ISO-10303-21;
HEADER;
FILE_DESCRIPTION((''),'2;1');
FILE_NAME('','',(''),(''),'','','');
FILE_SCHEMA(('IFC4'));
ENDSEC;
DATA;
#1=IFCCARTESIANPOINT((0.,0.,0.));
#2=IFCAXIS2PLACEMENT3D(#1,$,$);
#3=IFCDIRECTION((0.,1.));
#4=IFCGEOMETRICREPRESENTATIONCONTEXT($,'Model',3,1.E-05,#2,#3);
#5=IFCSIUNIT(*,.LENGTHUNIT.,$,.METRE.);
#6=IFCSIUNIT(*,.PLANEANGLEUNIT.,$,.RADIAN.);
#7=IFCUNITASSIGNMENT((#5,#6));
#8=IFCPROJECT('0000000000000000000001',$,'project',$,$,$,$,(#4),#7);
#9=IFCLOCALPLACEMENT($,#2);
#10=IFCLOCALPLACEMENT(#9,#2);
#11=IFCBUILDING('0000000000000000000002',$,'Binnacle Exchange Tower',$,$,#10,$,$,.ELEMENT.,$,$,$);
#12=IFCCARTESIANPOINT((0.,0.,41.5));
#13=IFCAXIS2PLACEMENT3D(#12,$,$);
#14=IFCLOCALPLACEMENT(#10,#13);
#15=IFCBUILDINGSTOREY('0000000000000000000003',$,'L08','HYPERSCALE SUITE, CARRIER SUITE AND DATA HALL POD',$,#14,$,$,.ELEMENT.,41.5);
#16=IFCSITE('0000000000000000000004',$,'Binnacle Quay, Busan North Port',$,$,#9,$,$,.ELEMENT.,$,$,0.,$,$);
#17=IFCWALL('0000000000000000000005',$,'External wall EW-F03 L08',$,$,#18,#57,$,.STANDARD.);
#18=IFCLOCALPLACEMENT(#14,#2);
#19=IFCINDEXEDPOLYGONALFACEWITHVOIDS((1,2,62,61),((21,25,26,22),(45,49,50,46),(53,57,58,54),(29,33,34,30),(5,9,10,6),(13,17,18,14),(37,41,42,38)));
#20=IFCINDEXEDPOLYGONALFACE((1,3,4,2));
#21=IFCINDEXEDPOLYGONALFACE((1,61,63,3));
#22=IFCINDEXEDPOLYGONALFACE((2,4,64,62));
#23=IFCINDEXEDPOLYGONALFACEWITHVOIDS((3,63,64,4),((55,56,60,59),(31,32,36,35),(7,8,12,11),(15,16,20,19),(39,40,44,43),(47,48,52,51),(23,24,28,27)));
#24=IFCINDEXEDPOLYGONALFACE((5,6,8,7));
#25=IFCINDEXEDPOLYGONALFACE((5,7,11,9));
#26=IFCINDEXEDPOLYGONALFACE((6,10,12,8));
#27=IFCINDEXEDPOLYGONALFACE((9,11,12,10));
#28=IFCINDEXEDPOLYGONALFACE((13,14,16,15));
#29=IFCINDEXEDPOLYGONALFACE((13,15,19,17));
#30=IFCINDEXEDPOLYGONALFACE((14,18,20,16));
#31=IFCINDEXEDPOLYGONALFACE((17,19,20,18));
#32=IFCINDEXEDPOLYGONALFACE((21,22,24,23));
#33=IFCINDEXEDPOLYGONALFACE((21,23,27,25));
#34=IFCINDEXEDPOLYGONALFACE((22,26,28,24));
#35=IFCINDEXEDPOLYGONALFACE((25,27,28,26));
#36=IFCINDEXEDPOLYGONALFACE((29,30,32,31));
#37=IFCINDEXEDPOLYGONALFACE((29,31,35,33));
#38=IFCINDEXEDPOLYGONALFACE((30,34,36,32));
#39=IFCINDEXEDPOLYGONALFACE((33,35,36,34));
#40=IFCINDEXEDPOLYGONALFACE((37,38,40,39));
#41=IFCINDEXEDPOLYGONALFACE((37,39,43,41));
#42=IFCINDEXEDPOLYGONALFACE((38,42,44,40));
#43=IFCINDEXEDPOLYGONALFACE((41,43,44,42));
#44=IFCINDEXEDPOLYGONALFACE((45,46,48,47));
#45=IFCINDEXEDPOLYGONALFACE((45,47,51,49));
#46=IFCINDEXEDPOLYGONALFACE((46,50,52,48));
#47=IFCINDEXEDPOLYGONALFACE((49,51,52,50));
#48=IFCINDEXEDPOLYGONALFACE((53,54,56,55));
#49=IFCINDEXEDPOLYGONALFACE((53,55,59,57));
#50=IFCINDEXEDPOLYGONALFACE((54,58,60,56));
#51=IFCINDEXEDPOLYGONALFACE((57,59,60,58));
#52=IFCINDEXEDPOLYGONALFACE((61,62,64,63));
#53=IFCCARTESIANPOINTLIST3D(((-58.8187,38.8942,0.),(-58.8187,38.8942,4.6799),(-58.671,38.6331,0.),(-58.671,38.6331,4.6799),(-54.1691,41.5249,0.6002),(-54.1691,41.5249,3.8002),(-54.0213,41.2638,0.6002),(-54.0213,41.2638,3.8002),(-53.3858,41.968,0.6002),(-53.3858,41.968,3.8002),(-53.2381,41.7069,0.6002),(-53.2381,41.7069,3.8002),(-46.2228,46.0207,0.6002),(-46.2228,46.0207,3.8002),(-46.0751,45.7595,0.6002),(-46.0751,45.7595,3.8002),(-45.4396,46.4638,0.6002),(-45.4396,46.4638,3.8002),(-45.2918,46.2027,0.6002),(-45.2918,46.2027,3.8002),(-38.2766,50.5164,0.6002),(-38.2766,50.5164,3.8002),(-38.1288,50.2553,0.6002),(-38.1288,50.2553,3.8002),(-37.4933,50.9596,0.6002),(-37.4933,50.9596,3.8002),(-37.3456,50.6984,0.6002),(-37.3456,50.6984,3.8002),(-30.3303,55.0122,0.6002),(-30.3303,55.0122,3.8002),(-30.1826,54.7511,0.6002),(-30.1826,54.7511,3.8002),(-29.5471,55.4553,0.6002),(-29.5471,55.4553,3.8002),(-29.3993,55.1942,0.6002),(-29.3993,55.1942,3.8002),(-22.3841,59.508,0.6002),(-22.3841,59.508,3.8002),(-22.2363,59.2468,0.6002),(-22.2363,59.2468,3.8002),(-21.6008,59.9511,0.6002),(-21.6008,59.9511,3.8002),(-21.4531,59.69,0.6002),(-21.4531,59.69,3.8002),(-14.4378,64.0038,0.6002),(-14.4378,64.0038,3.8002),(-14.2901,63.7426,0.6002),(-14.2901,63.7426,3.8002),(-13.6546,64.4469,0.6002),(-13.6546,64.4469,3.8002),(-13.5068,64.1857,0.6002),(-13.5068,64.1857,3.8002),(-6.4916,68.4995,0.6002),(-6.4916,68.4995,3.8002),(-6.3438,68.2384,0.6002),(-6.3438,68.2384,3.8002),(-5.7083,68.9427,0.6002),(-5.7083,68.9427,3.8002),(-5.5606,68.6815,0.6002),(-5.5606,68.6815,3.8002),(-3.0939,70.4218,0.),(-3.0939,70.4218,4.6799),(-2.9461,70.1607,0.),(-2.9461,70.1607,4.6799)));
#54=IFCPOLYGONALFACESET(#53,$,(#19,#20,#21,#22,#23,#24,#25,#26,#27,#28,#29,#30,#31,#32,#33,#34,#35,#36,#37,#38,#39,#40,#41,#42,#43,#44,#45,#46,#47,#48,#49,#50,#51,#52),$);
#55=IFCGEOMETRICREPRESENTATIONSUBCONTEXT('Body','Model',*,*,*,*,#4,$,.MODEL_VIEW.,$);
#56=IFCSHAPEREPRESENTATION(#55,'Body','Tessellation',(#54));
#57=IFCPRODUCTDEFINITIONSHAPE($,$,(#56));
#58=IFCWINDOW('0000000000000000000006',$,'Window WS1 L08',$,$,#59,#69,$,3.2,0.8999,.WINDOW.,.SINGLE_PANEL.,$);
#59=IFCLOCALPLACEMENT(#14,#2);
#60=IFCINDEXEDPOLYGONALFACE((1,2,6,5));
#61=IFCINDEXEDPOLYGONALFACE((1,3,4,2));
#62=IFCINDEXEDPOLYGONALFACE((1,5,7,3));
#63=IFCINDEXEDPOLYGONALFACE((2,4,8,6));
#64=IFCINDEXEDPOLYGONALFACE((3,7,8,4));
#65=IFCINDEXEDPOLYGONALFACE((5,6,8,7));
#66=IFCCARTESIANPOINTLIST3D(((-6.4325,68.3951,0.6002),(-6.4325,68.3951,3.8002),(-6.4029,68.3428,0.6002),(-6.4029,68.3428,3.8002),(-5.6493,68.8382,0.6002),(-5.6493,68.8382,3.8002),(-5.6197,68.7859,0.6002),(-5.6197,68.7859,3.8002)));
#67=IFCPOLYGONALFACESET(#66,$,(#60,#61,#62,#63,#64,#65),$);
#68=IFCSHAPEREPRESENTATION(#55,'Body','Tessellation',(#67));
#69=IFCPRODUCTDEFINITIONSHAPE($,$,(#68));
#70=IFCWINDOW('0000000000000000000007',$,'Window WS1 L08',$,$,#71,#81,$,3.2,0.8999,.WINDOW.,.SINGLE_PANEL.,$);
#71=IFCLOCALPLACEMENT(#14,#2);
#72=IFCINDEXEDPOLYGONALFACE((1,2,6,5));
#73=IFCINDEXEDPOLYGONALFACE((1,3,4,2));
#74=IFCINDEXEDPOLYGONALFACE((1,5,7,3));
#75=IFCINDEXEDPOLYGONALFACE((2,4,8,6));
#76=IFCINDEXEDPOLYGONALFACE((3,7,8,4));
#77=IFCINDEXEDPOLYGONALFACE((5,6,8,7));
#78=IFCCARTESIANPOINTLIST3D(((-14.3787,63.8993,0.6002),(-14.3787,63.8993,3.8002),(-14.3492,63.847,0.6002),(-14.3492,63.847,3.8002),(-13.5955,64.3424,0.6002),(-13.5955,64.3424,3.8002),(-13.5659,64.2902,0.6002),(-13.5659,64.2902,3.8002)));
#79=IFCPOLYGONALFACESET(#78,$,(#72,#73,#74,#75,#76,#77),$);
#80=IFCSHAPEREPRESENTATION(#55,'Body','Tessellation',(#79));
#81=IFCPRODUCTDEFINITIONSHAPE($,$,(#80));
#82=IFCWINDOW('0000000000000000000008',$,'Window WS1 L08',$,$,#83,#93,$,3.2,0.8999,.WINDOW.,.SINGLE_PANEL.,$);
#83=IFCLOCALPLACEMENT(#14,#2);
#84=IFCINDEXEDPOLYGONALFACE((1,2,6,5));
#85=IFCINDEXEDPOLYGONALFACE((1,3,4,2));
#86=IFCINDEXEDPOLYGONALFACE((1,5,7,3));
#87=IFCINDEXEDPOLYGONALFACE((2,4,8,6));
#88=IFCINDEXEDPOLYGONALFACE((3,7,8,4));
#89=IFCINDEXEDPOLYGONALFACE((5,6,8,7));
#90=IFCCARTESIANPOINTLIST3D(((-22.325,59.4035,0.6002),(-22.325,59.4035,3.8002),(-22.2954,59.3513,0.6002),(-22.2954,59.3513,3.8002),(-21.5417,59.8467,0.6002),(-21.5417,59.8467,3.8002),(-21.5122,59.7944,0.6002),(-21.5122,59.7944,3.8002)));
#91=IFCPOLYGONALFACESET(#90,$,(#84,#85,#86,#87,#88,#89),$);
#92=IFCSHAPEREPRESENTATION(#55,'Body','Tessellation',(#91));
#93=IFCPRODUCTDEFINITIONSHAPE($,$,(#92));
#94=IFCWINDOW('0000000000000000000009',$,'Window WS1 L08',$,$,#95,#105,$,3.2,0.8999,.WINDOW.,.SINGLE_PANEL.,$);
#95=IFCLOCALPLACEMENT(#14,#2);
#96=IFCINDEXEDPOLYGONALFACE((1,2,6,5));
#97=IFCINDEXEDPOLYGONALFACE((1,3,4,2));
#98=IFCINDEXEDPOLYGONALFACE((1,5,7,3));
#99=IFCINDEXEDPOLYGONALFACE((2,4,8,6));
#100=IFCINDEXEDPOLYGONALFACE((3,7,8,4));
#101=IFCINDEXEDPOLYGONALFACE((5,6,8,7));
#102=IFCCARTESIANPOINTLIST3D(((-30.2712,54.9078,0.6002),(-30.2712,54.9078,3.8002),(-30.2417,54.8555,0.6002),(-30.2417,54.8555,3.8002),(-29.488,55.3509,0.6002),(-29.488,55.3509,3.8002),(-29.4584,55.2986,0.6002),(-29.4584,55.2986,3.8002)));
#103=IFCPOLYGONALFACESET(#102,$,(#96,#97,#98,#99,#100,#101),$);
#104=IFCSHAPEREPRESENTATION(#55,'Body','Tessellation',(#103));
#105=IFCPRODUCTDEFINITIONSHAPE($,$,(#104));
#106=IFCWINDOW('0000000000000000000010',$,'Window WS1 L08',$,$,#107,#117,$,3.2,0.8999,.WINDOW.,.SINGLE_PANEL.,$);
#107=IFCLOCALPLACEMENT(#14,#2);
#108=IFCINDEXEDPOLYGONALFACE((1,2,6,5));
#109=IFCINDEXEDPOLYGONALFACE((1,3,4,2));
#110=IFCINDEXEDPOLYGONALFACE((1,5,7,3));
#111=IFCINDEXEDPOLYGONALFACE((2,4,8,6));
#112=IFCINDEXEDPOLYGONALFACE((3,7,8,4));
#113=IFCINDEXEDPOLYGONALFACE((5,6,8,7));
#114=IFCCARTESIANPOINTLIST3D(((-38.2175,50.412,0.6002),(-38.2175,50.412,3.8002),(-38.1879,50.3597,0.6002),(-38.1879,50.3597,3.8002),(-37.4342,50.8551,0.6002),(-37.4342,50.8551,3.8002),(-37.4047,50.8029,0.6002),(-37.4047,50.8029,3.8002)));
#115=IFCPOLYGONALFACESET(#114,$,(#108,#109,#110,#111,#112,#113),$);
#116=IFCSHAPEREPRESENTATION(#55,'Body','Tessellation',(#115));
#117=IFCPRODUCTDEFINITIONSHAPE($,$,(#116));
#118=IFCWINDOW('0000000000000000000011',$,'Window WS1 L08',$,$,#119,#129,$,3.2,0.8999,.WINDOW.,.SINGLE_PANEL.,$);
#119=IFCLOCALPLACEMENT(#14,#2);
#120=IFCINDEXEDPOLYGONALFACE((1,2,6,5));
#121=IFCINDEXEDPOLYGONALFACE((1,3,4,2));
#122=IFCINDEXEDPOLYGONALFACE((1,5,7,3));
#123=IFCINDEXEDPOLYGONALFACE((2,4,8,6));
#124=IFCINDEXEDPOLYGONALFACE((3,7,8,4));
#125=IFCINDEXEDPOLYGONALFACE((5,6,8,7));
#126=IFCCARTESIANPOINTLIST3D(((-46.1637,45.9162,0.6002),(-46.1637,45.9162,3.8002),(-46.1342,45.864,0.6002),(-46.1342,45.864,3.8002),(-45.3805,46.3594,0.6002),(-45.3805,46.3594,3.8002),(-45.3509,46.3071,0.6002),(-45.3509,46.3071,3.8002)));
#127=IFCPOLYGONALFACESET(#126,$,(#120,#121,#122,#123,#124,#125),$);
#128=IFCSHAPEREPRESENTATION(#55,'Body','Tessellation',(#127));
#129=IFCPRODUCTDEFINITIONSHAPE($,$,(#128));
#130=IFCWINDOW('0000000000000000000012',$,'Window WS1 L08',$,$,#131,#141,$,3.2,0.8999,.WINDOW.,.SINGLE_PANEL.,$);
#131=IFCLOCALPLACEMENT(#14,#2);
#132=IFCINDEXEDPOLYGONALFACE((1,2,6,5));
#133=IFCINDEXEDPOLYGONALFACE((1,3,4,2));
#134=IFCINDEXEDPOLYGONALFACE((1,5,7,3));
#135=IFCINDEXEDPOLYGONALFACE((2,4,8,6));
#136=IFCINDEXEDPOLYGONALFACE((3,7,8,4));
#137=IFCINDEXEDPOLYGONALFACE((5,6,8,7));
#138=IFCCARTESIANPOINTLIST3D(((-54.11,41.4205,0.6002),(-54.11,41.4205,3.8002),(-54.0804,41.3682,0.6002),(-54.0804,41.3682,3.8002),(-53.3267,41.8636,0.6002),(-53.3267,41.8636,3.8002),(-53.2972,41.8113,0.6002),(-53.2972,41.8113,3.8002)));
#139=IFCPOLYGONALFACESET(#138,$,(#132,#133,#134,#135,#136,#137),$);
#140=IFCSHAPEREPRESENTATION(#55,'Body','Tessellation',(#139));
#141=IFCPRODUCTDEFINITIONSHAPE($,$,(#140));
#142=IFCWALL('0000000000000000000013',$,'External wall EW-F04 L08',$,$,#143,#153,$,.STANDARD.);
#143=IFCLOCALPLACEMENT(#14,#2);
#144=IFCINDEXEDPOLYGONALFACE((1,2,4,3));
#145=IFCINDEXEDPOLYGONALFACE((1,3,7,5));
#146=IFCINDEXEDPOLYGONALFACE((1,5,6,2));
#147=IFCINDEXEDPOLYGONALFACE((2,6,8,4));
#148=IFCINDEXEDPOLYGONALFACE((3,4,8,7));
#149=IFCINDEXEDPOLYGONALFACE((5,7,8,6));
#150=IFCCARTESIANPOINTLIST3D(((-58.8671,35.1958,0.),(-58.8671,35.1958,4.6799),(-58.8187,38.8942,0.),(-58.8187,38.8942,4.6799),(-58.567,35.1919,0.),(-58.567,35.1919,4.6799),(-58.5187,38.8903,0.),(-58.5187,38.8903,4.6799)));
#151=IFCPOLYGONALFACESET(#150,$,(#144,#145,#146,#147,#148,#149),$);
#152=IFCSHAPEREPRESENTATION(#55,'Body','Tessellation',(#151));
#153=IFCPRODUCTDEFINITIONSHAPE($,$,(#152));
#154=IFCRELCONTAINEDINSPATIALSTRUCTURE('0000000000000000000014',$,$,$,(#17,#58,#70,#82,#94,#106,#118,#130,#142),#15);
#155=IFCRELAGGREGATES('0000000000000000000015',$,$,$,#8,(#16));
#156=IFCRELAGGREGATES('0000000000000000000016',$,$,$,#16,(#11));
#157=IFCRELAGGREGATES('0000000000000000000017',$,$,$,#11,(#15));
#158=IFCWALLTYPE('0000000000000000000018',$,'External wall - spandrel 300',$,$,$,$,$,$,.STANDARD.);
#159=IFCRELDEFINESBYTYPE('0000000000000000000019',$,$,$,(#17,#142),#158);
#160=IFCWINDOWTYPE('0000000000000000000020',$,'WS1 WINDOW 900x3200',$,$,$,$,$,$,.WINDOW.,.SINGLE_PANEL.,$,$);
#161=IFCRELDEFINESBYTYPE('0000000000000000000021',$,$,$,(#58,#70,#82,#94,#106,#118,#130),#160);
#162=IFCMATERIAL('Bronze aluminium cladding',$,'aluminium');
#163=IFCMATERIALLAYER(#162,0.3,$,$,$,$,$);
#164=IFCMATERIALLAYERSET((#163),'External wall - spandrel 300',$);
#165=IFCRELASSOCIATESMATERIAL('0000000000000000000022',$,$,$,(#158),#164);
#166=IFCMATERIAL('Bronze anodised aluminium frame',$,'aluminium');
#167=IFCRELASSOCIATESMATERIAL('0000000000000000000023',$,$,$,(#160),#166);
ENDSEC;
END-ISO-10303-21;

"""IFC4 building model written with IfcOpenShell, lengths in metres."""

from ifc_helpers import new_model, si_unit, direction, frame, frame_2d, origin, place, context, subcontext, project, spatial, rectangle, extrude, material, layer, layer_set, type_object, element, fill, save


model = new_model("IFC4")

# Units and contexts
model_context = context("Model", 3, precision=1e-05, world=origin(), true_north=direction((0.0, 1.0)))
body_context = subcontext(model_context, "Body", "Model", "MODEL_VIEW")
ifc_project = project(units=[si_unit("LENGTHUNIT", "METRE"), si_unit("PLANEANGLEUNIT", "RADIAN")], contexts=[model_context])

# Site, building, storey
site_placement = place(None, origin())
site = spatial("IfcSite", under=ifc_project, at=site_placement, Name="Binnacle Quay, Busan North Port", CompositionType="ELEMENT", RefElevation=0.0)
building_placement = place(site_placement, origin())
building = spatial("IfcBuilding", under=site, at=building_placement, Name="Binnacle Exchange Tower", CompositionType="ELEMENT")
storey_placement = place(building_placement, frame((0.0, 0.0, 41.5)))
storey = spatial("IfcBuildingStorey", under=building, at=storey_placement, Name="L08", Description="HYPERSCALE SUITE, CARRIER SUITE AND DATA HALL POD", CompositionType="ELEMENT", Elevation=41.5)

# Wall, openings, windows
ifc_material_1 = material(Name="Bronze aluminium cladding", Category="aluminium")
ifc_layer_1 = layer(ifc_material_1, 0.3)
ifc_layer_set_1 = layer_set([ifc_layer_1], Name="External wall - spandrel 300")
wall_type_1 = type_object("IfcWallType", Name="External wall - spandrel 300", PredefinedType="STANDARD", material=ifc_layer_set_1)
wall_1_placement = place(storey_placement, frame((-58.7449, 38.7637, 0.0), z_axis=(0.0, 0.0, 1.0), x_axis=(0.870356, 0.492423, 0.0)))
wall_1 = element("IfcWall", 1, at=wall_1_placement, inside=storey, type_object=wall_type_1, Name="External wall EW-F03 L08", PredefinedType="STANDARD", context=body_context, shape_type="SweptSolid", body=[
    extrude(rectangle(XDim=64.0254, YDim=0.3, at=frame_2d((32.0127, 0.0))), origin(), (0.0, 0.0, 1.0), 4.6799),
])
opening_1_placement = place(wall_1_placement, frame((60.1216, 0.0, 0.6001)))
opening_1 = element("IfcOpeningElement", 2, at=opening_1_placement, cuts=wall_1, PredefinedType="OPENING", context=body_context, shape_type="SweptSolid", body=[
    extrude(rectangle(XDim=0.8999, YDim=3.2, at=frame_2d((0.45, 1.6001))), frame((0.0, 0.1599, 0.0), z_axis=(0.0, -1.0, 0.0), x_axis=(1.0, 0.0, 0.0)), (0.0, 0.0, 1.0), 0.3201),
])
opening_2_placement = place(wall_1_placement, frame((50.9917, 0.0, 0.6001)))
opening_2 = element("IfcOpeningElement", 3, at=opening_2_placement, cuts=wall_1, PredefinedType="OPENING", context=body_context, shape_type="SweptSolid", body=[
    extrude(rectangle(XDim=0.8999, YDim=3.2, at=frame_2d((0.45, 1.6001))), frame((0.0, 0.1599, 0.0), z_axis=(0.0, -1.0, 0.0), x_axis=(1.0, 0.0, 0.0)), (0.0, 0.0, 1.0), 0.3201),
])
opening_3_placement = place(wall_1_placement, frame((41.8618, 0.0, 0.6001)))
opening_3 = element("IfcOpeningElement", 4, at=opening_3_placement, cuts=wall_1, PredefinedType="OPENING", context=body_context, shape_type="SweptSolid", body=[
    extrude(rectangle(XDim=0.8999, YDim=3.2, at=frame_2d((0.45, 1.6001))), frame((0.0, 0.1599, 0.0), z_axis=(0.0, -1.0, 0.0), x_axis=(1.0, 0.0, 0.0)), (0.0, 0.0, 1.0), 0.3201),
])
opening_4_placement = place(wall_1_placement, frame((32.7319, 0.0, 0.6001)))
opening_4 = element("IfcOpeningElement", 5, at=opening_4_placement, cuts=wall_1, PredefinedType="OPENING", context=body_context, shape_type="SweptSolid", body=[
    extrude(rectangle(XDim=0.8999, YDim=3.2, at=frame_2d((0.45, 1.6001))), frame((0.0, 0.1599, 0.0), z_axis=(0.0, -1.0, 0.0), x_axis=(1.0, 0.0, 0.0)), (0.0, 0.0, 1.0), 0.3201),
])
opening_5_placement = place(wall_1_placement, frame((23.6021, 0.0, 0.6001)))
opening_5 = element("IfcOpeningElement", 6, at=opening_5_placement, cuts=wall_1, PredefinedType="OPENING", context=body_context, shape_type="SweptSolid", body=[
    extrude(rectangle(XDim=0.8999, YDim=3.2, at=frame_2d((0.45, 1.6001))), frame((0.0, 0.1599, 0.0), z_axis=(0.0, -1.0, 0.0), x_axis=(1.0, 0.0, 0.0)), (0.0, 0.0, 1.0), 0.3201),
])
opening_6_placement = place(wall_1_placement, frame((14.4722, 0.0, 0.6001)))
opening_6 = element("IfcOpeningElement", 7, at=opening_6_placement, cuts=wall_1, PredefinedType="OPENING", context=body_context, shape_type="SweptSolid", body=[
    extrude(rectangle(XDim=0.8999, YDim=3.2, at=frame_2d((0.45, 1.6001))), frame((0.0, 0.1599, 0.0), z_axis=(0.0, -1.0, 0.0), x_axis=(1.0, 0.0, 0.0)), (0.0, 0.0, 1.0), 0.3201),
])
opening_7_placement = place(wall_1_placement, frame((5.3423, 0.0, 0.6001)))
opening_7 = element("IfcOpeningElement", 8, at=opening_7_placement, cuts=wall_1, PredefinedType="OPENING", context=body_context, shape_type="SweptSolid", body=[
    extrude(rectangle(XDim=0.8999, YDim=3.2, at=frame_2d((0.45, 1.6001))), frame((0.0, 0.1599, 0.0), z_axis=(0.0, -1.0, 0.0), x_axis=(1.0, 0.0, 0.0)), (0.0, 0.0, 1.0), 0.3201),
])
ifc_material_2 = material(Name="Bronze anodised aluminium frame", Category="aluminium")
window_type = type_object("IfcWindowType", Name="WS1 WINDOW 900x3200", PartitioningType="SINGLE_PANEL", PredefinedType="WINDOW", material=ifc_material_2)
window_1_placement = place(opening_1_placement, origin())
window_1 = element("IfcWindow", 9, at=window_1_placement, inside=storey, type_object=window_type, Name="Window WS1 L08", OverallHeight=3.2, OverallWidth=0.8999, PartitioningType="SINGLE_PANEL", PredefinedType="WINDOW", context=body_context, shape_type="SweptSolid", body=[
    extrude(rectangle(XDim=0.8999, YDim=3.2, at=frame_2d((0.45, 1.6001))), frame((0.0, 0.03, 0.0), z_axis=(0.0, -1.0, 0.0), x_axis=(1.0, 0.0, 0.0)), (0.0, 0.0, 1.0), 0.0601),
])
fill(opening_1, window_1)
window_2_placement = place(opening_2_placement, origin())
window_2 = element("IfcWindow", 10, at=window_2_placement, inside=storey, type_object=window_type, Name="Window WS1 L08", OverallHeight=3.2, OverallWidth=0.8999, PartitioningType="SINGLE_PANEL", PredefinedType="WINDOW", context=body_context, shape_type="SweptSolid", body=[
    extrude(rectangle(XDim=0.8999, YDim=3.2, at=frame_2d((0.45, 1.6001))), frame((0.0, 0.03, 0.0), z_axis=(0.0, -1.0, 0.0), x_axis=(1.0, 0.0, 0.0)), (0.0, 0.0, 1.0), 0.0601),
])
fill(opening_2, window_2)
window_3_placement = place(opening_3_placement, origin())
window_3 = element("IfcWindow", 11, at=window_3_placement, inside=storey, type_object=window_type, Name="Window WS1 L08", OverallHeight=3.2, OverallWidth=0.8999, PartitioningType="SINGLE_PANEL", PredefinedType="WINDOW", context=body_context, shape_type="SweptSolid", body=[
    extrude(rectangle(XDim=0.8999, YDim=3.2, at=frame_2d((0.45, 1.6001))), frame((0.0, 0.03, 0.0), z_axis=(0.0, -1.0, 0.0), x_axis=(1.0, 0.0, 0.0)), (0.0, 0.0, 1.0), 0.0601),
])
fill(opening_3, window_3)
window_4_placement = place(opening_4_placement, origin())
window_4 = element("IfcWindow", 12, at=window_4_placement, inside=storey, type_object=window_type, Name="Window WS1 L08", OverallHeight=3.2, OverallWidth=0.8999, PartitioningType="SINGLE_PANEL", PredefinedType="WINDOW", context=body_context, shape_type="SweptSolid", body=[
    extrude(rectangle(XDim=0.8999, YDim=3.2, at=frame_2d((0.45, 1.6001))), frame((0.0, 0.03, 0.0), z_axis=(0.0, -1.0, 0.0), x_axis=(1.0, 0.0, 0.0)), (0.0, 0.0, 1.0), 0.0601),
])
fill(opening_4, window_4)
window_5_placement = place(opening_5_placement, origin())
window_5 = element("IfcWindow", 13, at=window_5_placement, inside=storey, type_object=window_type, Name="Window WS1 L08", OverallHeight=3.2, OverallWidth=0.8999, PartitioningType="SINGLE_PANEL", PredefinedType="WINDOW", context=body_context, shape_type="SweptSolid", body=[
    extrude(rectangle(XDim=0.8999, YDim=3.2, at=frame_2d((0.45, 1.6001))), frame((0.0, 0.03, 0.0), z_axis=(0.0, -1.0, 0.0), x_axis=(1.0, 0.0, 0.0)), (0.0, 0.0, 1.0), 0.0601),
])
fill(opening_5, window_5)
window_6_placement = place(opening_6_placement, origin())
window_6 = element("IfcWindow", 14, at=window_6_placement, inside=storey, type_object=window_type, Name="Window WS1 L08", OverallHeight=3.2, OverallWidth=0.8999, PartitioningType="SINGLE_PANEL", PredefinedType="WINDOW", context=body_context, shape_type="SweptSolid", body=[
    extrude(rectangle(XDim=0.8999, YDim=3.2, at=frame_2d((0.45, 1.6001))), frame((0.0, 0.03, 0.0), z_axis=(0.0, -1.0, 0.0), x_axis=(1.0, 0.0, 0.0)), (0.0, 0.0, 1.0), 0.0601),
])
fill(opening_6, window_6)
window_7_placement = place(opening_7_placement, origin())
window_7 = element("IfcWindow", 15, at=window_7_placement, inside=storey, type_object=window_type, Name="Window WS1 L08", OverallHeight=3.2, OverallWidth=0.8999, PartitioningType="SINGLE_PANEL", PredefinedType="WINDOW", context=body_context, shape_type="SweptSolid", body=[
    extrude(rectangle(XDim=0.8999, YDim=3.2, at=frame_2d((0.45, 1.6001))), frame((0.0, 0.03, 0.0), z_axis=(0.0, -1.0, 0.0), x_axis=(1.0, 0.0, 0.0)), (0.0, 0.0, 1.0), 0.0601),
])
fill(opening_7, window_7)

# Wall
wall_2_placement = place(storey_placement, frame((-58.717, 35.1938, 0.0), z_axis=(0.0, 0.0, 1.0), x_axis=(0.013069, 0.999915, 0.0)))
element("IfcWall", 16, at=wall_2_placement, inside=storey, type_object=wall_type_1, Name="External wall EW-F04 L08", PredefinedType="STANDARD", context=body_context, shape_type="SweptSolid", body=[
    extrude(rectangle(XDim=3.6987, YDim=0.3, at=frame_2d((1.8494, 0.0))), origin(), (0.0, 0.0, 1.0), 4.6799),
])

save(model, "model.ifc")
